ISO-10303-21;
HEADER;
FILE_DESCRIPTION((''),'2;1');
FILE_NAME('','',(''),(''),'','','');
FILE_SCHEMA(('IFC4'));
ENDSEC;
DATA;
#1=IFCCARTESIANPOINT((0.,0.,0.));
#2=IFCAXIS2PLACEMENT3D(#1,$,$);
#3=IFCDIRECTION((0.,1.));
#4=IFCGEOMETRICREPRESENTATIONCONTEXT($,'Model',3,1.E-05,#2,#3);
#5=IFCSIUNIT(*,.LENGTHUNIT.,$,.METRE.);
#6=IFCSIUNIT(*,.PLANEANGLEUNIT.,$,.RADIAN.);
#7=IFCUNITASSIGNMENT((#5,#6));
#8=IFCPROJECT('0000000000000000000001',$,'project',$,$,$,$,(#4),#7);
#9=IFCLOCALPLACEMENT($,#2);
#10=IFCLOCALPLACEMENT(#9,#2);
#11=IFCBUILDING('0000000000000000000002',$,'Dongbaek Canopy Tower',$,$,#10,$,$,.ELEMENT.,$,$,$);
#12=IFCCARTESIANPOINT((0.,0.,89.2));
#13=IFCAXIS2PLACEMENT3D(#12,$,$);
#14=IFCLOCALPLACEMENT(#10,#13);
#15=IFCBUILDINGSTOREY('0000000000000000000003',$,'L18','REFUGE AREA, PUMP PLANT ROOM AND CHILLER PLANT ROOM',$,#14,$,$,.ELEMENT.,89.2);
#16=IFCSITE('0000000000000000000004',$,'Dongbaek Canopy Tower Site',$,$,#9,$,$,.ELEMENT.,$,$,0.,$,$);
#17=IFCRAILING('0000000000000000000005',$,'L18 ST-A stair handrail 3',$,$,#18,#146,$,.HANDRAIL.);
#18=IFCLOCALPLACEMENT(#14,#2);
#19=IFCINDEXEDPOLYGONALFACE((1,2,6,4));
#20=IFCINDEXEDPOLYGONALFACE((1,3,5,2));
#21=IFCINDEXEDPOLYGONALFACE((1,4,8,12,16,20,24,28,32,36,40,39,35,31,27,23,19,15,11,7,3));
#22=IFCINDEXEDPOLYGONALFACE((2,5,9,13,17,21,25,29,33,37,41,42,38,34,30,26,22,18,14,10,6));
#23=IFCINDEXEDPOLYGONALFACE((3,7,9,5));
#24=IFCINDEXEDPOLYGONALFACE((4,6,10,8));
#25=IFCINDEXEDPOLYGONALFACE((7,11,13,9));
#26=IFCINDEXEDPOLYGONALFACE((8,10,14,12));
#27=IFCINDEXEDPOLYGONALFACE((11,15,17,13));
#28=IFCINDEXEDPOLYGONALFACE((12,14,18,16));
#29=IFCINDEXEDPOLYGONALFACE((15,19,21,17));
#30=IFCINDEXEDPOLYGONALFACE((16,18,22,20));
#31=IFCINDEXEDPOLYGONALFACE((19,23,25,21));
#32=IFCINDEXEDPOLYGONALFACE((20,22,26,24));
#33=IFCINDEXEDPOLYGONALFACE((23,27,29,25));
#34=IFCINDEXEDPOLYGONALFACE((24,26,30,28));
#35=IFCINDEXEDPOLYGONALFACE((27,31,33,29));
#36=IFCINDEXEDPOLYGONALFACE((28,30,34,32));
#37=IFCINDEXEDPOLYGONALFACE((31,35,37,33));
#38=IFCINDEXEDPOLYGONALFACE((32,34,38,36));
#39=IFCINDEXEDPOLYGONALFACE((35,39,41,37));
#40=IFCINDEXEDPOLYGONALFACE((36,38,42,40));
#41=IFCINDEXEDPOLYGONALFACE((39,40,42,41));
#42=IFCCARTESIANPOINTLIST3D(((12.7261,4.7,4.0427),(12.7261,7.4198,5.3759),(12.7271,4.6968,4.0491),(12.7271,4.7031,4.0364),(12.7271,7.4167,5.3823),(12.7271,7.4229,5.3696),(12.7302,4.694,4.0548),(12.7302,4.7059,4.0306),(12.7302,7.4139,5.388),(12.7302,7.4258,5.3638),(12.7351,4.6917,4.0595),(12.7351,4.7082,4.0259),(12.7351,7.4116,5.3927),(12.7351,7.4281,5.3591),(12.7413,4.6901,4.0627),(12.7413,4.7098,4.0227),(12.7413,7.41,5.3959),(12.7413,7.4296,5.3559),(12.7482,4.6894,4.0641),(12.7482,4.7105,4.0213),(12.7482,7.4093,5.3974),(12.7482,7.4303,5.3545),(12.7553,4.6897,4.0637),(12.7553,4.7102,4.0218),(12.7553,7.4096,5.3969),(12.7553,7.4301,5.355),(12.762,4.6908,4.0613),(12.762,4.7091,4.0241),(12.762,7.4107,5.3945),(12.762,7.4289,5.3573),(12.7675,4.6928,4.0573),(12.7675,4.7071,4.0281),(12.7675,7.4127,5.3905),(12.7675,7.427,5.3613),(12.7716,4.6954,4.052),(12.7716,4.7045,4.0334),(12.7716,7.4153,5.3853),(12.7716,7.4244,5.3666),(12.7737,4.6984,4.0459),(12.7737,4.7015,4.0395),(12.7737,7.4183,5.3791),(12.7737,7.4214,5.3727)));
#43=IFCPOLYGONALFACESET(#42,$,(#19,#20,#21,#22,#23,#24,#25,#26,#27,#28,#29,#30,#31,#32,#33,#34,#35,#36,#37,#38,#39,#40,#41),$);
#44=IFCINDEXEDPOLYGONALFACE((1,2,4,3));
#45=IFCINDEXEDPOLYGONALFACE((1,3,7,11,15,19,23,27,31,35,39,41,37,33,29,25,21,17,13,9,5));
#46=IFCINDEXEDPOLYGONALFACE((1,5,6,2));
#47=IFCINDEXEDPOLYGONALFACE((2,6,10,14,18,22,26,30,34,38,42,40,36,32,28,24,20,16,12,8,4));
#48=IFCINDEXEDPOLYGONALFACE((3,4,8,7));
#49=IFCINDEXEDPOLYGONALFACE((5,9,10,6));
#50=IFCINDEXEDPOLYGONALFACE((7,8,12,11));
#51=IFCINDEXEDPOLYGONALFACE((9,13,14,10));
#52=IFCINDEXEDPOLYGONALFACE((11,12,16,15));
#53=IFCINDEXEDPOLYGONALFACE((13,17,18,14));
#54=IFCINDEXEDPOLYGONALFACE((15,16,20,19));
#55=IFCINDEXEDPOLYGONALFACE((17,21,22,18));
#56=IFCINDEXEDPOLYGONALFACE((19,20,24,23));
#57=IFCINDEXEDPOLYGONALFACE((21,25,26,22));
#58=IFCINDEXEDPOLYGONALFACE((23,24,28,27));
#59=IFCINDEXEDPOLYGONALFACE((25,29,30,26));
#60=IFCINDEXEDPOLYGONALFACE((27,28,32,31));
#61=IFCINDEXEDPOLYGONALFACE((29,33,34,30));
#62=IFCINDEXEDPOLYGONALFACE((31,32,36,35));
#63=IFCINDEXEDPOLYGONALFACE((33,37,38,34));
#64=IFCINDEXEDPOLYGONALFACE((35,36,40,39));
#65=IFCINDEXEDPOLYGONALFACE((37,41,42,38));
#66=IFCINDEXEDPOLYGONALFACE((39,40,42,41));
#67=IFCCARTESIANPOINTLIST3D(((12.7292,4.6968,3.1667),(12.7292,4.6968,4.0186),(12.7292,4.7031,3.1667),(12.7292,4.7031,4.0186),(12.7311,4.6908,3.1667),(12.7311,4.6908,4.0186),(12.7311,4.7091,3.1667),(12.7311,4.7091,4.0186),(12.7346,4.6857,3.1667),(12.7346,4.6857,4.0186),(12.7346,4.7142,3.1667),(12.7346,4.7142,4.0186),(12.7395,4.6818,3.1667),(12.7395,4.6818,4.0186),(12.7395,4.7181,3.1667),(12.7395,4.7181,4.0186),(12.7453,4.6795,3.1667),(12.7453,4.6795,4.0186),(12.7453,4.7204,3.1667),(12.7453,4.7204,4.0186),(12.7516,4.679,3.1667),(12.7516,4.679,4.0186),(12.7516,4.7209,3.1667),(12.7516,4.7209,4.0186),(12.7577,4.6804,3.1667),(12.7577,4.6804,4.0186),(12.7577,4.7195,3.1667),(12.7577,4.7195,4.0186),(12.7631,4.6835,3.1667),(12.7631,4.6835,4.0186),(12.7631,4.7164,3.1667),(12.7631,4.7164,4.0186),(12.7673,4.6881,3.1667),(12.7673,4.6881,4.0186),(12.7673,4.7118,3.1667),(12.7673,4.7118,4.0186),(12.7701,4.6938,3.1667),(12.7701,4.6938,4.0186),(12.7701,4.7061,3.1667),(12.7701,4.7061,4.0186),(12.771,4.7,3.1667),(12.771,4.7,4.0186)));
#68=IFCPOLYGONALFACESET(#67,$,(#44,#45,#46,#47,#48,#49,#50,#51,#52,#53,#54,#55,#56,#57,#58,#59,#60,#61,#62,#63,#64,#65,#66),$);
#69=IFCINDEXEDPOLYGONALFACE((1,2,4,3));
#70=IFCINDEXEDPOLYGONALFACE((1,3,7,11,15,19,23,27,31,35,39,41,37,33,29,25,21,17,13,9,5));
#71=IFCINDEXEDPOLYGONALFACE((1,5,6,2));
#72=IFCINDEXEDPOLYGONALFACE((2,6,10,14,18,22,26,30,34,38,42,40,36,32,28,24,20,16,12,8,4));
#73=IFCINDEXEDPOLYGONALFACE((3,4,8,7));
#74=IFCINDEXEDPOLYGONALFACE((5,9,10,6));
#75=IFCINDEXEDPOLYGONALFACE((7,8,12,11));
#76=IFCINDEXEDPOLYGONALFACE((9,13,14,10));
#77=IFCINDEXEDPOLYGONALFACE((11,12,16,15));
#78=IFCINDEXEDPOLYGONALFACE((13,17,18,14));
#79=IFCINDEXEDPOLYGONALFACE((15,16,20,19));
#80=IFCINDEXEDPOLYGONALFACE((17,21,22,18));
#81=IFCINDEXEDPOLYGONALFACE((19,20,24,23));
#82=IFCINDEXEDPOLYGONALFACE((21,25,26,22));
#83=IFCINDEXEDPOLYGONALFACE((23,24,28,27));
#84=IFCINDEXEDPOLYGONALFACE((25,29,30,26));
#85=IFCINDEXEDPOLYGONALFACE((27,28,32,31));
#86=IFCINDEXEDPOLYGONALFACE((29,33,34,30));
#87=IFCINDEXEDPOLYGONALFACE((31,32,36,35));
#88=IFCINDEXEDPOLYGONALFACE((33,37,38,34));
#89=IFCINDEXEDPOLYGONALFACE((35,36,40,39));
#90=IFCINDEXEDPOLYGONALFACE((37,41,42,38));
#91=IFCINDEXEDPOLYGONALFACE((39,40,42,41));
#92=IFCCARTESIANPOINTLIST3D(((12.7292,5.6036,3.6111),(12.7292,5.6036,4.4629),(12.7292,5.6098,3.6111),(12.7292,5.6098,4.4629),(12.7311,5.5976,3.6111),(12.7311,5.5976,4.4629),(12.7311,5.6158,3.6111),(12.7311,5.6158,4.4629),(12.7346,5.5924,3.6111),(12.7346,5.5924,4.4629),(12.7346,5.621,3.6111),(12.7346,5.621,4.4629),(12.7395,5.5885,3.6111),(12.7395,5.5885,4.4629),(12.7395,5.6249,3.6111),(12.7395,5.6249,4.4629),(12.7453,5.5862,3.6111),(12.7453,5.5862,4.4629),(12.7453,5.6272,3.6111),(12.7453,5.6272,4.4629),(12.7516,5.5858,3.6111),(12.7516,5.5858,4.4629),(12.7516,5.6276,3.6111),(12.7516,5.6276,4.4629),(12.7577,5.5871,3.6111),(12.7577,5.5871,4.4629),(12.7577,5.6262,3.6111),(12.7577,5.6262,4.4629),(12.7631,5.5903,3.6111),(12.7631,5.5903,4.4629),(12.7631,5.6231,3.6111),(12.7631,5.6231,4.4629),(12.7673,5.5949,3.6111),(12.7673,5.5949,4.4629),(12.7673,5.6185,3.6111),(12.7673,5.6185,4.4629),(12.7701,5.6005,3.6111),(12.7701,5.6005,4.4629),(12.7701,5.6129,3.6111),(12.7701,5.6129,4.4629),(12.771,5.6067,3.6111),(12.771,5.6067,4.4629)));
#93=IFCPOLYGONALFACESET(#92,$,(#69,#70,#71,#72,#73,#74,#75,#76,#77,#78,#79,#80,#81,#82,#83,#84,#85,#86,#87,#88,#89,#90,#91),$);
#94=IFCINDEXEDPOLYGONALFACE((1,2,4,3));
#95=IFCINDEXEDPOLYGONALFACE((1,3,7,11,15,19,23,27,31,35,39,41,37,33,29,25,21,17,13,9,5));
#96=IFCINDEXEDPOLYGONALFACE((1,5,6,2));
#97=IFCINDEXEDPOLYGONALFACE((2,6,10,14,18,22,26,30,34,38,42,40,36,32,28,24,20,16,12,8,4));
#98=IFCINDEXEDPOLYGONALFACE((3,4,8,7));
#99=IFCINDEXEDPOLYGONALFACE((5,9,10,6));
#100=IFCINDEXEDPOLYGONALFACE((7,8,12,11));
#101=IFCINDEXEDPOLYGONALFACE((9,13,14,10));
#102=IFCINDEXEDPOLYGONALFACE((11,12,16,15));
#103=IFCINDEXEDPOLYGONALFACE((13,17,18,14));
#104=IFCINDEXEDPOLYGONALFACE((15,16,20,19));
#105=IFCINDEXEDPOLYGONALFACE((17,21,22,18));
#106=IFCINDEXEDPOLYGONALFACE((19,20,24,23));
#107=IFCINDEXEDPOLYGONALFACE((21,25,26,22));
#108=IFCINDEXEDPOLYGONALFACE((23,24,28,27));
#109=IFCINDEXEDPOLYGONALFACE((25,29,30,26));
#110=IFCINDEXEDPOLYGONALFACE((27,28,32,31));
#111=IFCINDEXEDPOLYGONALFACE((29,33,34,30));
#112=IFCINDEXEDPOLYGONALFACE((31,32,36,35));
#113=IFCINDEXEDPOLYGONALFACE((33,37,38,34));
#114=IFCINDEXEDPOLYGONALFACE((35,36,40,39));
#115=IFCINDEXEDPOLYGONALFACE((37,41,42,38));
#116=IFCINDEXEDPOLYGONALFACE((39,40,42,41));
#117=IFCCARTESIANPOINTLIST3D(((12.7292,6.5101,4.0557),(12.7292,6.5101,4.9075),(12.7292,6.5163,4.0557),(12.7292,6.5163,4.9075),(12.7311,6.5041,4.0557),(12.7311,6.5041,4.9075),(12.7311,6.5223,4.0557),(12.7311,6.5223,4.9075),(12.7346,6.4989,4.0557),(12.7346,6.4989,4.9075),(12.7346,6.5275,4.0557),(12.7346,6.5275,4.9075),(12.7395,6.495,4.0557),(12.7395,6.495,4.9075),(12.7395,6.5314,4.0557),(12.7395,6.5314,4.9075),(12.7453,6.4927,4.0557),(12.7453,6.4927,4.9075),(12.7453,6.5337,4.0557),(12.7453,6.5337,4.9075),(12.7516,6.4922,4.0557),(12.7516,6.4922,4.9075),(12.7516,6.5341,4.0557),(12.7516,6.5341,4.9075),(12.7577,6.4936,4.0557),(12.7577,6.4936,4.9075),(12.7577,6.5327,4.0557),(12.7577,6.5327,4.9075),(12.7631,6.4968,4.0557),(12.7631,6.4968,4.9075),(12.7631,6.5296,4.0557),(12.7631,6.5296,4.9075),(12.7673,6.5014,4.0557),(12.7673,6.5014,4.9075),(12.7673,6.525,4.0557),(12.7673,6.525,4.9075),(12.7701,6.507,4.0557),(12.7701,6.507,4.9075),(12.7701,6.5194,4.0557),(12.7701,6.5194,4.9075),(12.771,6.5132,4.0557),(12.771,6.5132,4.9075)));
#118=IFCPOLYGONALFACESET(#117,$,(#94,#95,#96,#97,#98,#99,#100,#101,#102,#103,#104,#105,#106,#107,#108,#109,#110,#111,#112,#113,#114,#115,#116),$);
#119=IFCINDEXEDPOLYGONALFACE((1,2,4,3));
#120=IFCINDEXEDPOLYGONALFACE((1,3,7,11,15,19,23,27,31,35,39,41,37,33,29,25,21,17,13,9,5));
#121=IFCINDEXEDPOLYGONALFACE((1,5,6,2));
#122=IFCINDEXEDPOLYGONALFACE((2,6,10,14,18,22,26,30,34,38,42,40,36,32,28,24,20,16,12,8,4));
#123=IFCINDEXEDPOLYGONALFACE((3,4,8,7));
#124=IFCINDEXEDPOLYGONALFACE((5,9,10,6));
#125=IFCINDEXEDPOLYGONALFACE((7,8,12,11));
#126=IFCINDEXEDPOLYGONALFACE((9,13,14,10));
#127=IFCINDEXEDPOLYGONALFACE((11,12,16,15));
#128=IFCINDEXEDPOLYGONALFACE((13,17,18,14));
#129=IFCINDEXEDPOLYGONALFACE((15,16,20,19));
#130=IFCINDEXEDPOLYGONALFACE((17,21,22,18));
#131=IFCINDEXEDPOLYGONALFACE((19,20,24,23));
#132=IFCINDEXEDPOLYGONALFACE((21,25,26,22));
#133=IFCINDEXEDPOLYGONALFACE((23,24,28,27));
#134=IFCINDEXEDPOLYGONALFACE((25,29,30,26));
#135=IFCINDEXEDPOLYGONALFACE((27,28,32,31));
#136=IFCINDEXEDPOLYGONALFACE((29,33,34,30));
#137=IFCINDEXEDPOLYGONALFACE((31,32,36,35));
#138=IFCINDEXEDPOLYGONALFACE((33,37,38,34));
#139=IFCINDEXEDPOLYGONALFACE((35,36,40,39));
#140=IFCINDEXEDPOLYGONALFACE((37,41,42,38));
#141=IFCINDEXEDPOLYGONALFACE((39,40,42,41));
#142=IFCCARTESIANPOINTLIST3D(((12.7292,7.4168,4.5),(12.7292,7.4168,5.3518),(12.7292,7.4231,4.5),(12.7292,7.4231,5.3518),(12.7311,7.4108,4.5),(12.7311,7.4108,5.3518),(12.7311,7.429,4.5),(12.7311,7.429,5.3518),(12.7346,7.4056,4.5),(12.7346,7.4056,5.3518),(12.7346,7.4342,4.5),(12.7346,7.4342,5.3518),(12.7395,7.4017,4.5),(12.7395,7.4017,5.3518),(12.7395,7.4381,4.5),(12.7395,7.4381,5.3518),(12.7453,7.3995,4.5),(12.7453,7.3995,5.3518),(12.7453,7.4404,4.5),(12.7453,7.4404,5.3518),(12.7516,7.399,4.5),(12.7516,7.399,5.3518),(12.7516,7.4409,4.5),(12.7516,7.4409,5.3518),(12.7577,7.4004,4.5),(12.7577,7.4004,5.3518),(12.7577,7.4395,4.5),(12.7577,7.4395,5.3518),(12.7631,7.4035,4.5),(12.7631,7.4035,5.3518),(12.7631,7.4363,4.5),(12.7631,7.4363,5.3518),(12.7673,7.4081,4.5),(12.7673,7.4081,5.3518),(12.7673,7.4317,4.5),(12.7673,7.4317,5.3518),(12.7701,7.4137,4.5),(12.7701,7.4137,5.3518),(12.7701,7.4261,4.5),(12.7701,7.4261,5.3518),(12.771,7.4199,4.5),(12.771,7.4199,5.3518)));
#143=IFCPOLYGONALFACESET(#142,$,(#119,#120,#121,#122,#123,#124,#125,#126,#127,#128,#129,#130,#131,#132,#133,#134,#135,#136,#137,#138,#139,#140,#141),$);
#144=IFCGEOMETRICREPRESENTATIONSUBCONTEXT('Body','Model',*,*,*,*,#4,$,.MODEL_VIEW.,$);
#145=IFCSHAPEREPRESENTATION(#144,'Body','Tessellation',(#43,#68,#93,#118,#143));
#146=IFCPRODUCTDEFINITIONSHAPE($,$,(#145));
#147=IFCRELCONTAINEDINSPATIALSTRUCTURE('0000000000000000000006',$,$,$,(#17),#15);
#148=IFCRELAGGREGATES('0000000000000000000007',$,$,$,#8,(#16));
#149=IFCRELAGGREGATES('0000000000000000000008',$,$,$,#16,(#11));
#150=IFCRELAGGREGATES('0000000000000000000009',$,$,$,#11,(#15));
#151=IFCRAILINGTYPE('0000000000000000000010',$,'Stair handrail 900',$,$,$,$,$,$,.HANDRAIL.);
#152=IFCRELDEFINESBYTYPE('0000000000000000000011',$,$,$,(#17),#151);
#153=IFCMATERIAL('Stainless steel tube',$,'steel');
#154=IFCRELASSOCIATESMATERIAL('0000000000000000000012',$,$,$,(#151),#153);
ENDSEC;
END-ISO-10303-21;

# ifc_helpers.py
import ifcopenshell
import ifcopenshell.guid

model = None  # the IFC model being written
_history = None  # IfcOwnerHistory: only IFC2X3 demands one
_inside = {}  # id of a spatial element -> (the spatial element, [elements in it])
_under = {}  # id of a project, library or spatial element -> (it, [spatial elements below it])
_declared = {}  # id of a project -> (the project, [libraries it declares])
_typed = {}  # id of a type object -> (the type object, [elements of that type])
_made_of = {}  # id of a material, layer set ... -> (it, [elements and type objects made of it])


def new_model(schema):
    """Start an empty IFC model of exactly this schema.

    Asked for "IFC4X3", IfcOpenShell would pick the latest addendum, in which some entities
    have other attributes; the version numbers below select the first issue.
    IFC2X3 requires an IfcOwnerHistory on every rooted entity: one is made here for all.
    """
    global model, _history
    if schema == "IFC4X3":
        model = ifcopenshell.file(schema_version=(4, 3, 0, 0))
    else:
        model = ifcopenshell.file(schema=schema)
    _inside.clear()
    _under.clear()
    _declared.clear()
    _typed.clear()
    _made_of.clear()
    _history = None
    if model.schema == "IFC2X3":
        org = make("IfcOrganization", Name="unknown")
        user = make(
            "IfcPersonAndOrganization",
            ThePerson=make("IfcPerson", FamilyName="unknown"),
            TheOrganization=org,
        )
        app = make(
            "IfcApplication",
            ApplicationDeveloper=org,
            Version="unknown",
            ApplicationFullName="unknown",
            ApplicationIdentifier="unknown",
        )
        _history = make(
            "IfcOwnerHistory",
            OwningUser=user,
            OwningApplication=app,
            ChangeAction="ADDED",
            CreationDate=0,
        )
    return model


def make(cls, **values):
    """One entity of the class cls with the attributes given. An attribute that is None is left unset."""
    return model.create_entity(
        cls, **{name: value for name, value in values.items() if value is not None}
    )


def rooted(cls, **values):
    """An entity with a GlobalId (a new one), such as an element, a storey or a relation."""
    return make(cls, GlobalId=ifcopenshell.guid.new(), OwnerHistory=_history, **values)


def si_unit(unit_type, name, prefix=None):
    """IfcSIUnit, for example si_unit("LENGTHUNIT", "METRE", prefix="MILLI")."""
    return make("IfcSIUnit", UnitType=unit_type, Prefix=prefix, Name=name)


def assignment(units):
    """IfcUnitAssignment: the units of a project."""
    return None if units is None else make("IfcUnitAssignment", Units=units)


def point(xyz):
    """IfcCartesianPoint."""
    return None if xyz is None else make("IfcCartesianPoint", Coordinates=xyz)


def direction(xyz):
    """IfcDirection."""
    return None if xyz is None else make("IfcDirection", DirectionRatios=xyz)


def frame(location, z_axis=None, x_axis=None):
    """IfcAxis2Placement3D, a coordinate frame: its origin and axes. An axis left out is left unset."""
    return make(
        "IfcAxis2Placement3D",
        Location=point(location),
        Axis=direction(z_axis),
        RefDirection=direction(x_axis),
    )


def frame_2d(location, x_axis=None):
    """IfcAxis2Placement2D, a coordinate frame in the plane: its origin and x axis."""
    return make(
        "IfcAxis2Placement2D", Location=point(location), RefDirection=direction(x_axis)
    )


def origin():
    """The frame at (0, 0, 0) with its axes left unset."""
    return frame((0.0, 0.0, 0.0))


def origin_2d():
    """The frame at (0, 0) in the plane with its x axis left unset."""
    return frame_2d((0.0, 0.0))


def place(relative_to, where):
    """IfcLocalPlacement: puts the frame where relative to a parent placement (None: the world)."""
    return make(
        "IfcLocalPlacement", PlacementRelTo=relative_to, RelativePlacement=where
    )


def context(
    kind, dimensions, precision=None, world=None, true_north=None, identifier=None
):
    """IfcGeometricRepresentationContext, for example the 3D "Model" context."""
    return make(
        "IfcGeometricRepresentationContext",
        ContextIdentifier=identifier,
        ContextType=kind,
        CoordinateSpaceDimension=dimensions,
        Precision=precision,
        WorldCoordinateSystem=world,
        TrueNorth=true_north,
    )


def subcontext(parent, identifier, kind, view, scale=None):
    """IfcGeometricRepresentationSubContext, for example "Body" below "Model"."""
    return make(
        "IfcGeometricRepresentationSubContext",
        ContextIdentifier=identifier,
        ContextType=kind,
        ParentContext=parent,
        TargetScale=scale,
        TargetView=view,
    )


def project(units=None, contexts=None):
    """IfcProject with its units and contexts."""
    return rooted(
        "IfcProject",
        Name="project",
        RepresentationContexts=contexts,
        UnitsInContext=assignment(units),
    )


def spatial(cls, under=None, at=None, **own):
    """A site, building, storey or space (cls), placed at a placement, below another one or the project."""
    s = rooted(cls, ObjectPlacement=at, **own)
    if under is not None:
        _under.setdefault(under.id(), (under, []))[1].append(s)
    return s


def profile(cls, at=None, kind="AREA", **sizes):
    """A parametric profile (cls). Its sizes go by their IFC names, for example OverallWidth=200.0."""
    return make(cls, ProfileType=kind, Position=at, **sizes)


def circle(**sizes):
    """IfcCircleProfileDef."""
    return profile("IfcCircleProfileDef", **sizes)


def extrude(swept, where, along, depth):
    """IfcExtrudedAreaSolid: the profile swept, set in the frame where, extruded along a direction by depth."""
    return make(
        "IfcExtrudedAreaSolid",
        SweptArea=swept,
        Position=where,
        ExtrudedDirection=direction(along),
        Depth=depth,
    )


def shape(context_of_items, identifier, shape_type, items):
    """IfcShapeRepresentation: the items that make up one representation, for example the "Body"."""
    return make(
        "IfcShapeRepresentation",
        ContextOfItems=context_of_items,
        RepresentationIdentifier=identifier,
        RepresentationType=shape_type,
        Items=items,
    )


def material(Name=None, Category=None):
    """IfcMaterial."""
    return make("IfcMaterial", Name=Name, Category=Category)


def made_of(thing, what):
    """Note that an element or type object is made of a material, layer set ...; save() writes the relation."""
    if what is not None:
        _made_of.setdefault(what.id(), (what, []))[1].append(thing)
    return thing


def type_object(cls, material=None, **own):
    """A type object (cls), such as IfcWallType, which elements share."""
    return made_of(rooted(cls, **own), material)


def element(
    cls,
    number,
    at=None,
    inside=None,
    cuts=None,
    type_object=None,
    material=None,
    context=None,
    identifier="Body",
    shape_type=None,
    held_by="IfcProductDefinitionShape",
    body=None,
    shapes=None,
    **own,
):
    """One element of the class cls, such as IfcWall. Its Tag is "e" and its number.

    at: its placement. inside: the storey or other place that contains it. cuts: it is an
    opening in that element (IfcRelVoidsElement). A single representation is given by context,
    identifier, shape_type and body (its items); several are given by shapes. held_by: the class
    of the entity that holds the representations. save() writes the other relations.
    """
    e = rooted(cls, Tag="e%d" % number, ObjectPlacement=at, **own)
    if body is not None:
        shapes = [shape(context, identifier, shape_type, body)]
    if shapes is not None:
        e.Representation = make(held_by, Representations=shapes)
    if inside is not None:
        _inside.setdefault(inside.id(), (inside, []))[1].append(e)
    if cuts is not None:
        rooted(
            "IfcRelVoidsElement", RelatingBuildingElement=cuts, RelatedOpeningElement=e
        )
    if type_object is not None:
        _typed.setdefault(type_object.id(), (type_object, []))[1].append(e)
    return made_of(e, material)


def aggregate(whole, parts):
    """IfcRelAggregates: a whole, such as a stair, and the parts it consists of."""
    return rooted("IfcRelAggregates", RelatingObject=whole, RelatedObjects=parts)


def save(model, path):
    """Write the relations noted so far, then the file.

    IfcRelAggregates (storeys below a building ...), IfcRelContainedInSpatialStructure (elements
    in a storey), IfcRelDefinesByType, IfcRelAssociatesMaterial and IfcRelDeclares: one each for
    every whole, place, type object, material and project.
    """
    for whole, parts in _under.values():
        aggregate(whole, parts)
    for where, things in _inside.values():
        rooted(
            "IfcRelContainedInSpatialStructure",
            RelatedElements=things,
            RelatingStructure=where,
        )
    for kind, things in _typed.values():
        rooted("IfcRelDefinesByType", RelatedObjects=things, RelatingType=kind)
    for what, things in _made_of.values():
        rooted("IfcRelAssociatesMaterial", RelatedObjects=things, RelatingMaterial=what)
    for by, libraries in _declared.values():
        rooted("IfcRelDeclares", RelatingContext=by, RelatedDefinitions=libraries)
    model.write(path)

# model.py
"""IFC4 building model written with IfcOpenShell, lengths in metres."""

from ifc_helpers import new_model, si_unit, direction, frame, origin, origin_2d, place, context, subcontext, project, spatial, circle, extrude, material, type_object, element, save


model = new_model("IFC4")

# Units and contexts
model_context = context("Model", 3, precision=1e-05, world=origin(), true_north=direction((0.0, 1.0)))
body_context = subcontext(model_context, "Body", "Model", "MODEL_VIEW")
ifc_project = project(units=[si_unit("LENGTHUNIT", "METRE"), si_unit("PLANEANGLEUNIT", "RADIAN")], contexts=[model_context])

# Site, building, storey
site_placement = place(None, origin())
site = spatial("IfcSite", under=ifc_project, at=site_placement, Name="Dongbaek Canopy Tower Site", CompositionType="ELEMENT", RefElevation=0.0)
building_placement = place(site_placement, origin())
building = spatial("IfcBuilding", under=site, at=building_placement, Name="Dongbaek Canopy Tower", CompositionType="ELEMENT")
storey_placement = place(building_placement, frame((0.0, 0.0, 89.2)))
storey = spatial("IfcBuildingStorey", under=building, at=storey_placement, Name="L18", Description="REFUGE AREA, PUMP PLANT ROOM AND CHILLER PLANT ROOM", CompositionType="ELEMENT", Elevation=89.2)

# Railing
ifc_material_1 = material(Name="Stainless steel tube", Category="steel")
railing_type_1 = type_object("IfcRailingType", Name="Stair handrail 900", PredefinedType="HANDRAIL", material=ifc_material_1)
for number, where, name in (
    (1, (12.75, 4.7, 3.1667), "L18 ST-A stair handrail 3"),
):
    element("IfcRailing", number, at=place(storey_placement, frame(where)), inside=storey, type_object=railing_type_1, Name=name, PredefinedType="HANDRAIL", context=body_context, shape_type="SweptSolid", body=[
        extrude(circle(Radius=0.0239, at=origin_2d()), frame((0.0, 0.0, 0.876), z_axis=(0.0, 0.897929, 0.440139), x_axis=(-1.0, 0.0, 0.0)), (0.0, 0.0, 1.0), 3.0291),
        extrude(circle(Radius=0.021, at=origin_2d()), origin(), (0.0, 0.0, 1.0), 0.8518),
        extrude(circle(Radius=0.021, at=origin_2d()), frame((0.0, 0.9067, 0.4443)), (0.0, 0.0, 1.0), 0.8518),
        extrude(circle(Radius=0.021, at=origin_2d()), frame((0.0, 1.8132, 0.8889)), (0.0, 0.0, 1.0), 0.8518),
        extrude(circle(Radius=0.021, at=origin_2d()), frame((0.0, 2.72, 1.3333)), (0.0, 0.0, 1.0), 0.8518),
    ])

save(model, "model.ifc")
